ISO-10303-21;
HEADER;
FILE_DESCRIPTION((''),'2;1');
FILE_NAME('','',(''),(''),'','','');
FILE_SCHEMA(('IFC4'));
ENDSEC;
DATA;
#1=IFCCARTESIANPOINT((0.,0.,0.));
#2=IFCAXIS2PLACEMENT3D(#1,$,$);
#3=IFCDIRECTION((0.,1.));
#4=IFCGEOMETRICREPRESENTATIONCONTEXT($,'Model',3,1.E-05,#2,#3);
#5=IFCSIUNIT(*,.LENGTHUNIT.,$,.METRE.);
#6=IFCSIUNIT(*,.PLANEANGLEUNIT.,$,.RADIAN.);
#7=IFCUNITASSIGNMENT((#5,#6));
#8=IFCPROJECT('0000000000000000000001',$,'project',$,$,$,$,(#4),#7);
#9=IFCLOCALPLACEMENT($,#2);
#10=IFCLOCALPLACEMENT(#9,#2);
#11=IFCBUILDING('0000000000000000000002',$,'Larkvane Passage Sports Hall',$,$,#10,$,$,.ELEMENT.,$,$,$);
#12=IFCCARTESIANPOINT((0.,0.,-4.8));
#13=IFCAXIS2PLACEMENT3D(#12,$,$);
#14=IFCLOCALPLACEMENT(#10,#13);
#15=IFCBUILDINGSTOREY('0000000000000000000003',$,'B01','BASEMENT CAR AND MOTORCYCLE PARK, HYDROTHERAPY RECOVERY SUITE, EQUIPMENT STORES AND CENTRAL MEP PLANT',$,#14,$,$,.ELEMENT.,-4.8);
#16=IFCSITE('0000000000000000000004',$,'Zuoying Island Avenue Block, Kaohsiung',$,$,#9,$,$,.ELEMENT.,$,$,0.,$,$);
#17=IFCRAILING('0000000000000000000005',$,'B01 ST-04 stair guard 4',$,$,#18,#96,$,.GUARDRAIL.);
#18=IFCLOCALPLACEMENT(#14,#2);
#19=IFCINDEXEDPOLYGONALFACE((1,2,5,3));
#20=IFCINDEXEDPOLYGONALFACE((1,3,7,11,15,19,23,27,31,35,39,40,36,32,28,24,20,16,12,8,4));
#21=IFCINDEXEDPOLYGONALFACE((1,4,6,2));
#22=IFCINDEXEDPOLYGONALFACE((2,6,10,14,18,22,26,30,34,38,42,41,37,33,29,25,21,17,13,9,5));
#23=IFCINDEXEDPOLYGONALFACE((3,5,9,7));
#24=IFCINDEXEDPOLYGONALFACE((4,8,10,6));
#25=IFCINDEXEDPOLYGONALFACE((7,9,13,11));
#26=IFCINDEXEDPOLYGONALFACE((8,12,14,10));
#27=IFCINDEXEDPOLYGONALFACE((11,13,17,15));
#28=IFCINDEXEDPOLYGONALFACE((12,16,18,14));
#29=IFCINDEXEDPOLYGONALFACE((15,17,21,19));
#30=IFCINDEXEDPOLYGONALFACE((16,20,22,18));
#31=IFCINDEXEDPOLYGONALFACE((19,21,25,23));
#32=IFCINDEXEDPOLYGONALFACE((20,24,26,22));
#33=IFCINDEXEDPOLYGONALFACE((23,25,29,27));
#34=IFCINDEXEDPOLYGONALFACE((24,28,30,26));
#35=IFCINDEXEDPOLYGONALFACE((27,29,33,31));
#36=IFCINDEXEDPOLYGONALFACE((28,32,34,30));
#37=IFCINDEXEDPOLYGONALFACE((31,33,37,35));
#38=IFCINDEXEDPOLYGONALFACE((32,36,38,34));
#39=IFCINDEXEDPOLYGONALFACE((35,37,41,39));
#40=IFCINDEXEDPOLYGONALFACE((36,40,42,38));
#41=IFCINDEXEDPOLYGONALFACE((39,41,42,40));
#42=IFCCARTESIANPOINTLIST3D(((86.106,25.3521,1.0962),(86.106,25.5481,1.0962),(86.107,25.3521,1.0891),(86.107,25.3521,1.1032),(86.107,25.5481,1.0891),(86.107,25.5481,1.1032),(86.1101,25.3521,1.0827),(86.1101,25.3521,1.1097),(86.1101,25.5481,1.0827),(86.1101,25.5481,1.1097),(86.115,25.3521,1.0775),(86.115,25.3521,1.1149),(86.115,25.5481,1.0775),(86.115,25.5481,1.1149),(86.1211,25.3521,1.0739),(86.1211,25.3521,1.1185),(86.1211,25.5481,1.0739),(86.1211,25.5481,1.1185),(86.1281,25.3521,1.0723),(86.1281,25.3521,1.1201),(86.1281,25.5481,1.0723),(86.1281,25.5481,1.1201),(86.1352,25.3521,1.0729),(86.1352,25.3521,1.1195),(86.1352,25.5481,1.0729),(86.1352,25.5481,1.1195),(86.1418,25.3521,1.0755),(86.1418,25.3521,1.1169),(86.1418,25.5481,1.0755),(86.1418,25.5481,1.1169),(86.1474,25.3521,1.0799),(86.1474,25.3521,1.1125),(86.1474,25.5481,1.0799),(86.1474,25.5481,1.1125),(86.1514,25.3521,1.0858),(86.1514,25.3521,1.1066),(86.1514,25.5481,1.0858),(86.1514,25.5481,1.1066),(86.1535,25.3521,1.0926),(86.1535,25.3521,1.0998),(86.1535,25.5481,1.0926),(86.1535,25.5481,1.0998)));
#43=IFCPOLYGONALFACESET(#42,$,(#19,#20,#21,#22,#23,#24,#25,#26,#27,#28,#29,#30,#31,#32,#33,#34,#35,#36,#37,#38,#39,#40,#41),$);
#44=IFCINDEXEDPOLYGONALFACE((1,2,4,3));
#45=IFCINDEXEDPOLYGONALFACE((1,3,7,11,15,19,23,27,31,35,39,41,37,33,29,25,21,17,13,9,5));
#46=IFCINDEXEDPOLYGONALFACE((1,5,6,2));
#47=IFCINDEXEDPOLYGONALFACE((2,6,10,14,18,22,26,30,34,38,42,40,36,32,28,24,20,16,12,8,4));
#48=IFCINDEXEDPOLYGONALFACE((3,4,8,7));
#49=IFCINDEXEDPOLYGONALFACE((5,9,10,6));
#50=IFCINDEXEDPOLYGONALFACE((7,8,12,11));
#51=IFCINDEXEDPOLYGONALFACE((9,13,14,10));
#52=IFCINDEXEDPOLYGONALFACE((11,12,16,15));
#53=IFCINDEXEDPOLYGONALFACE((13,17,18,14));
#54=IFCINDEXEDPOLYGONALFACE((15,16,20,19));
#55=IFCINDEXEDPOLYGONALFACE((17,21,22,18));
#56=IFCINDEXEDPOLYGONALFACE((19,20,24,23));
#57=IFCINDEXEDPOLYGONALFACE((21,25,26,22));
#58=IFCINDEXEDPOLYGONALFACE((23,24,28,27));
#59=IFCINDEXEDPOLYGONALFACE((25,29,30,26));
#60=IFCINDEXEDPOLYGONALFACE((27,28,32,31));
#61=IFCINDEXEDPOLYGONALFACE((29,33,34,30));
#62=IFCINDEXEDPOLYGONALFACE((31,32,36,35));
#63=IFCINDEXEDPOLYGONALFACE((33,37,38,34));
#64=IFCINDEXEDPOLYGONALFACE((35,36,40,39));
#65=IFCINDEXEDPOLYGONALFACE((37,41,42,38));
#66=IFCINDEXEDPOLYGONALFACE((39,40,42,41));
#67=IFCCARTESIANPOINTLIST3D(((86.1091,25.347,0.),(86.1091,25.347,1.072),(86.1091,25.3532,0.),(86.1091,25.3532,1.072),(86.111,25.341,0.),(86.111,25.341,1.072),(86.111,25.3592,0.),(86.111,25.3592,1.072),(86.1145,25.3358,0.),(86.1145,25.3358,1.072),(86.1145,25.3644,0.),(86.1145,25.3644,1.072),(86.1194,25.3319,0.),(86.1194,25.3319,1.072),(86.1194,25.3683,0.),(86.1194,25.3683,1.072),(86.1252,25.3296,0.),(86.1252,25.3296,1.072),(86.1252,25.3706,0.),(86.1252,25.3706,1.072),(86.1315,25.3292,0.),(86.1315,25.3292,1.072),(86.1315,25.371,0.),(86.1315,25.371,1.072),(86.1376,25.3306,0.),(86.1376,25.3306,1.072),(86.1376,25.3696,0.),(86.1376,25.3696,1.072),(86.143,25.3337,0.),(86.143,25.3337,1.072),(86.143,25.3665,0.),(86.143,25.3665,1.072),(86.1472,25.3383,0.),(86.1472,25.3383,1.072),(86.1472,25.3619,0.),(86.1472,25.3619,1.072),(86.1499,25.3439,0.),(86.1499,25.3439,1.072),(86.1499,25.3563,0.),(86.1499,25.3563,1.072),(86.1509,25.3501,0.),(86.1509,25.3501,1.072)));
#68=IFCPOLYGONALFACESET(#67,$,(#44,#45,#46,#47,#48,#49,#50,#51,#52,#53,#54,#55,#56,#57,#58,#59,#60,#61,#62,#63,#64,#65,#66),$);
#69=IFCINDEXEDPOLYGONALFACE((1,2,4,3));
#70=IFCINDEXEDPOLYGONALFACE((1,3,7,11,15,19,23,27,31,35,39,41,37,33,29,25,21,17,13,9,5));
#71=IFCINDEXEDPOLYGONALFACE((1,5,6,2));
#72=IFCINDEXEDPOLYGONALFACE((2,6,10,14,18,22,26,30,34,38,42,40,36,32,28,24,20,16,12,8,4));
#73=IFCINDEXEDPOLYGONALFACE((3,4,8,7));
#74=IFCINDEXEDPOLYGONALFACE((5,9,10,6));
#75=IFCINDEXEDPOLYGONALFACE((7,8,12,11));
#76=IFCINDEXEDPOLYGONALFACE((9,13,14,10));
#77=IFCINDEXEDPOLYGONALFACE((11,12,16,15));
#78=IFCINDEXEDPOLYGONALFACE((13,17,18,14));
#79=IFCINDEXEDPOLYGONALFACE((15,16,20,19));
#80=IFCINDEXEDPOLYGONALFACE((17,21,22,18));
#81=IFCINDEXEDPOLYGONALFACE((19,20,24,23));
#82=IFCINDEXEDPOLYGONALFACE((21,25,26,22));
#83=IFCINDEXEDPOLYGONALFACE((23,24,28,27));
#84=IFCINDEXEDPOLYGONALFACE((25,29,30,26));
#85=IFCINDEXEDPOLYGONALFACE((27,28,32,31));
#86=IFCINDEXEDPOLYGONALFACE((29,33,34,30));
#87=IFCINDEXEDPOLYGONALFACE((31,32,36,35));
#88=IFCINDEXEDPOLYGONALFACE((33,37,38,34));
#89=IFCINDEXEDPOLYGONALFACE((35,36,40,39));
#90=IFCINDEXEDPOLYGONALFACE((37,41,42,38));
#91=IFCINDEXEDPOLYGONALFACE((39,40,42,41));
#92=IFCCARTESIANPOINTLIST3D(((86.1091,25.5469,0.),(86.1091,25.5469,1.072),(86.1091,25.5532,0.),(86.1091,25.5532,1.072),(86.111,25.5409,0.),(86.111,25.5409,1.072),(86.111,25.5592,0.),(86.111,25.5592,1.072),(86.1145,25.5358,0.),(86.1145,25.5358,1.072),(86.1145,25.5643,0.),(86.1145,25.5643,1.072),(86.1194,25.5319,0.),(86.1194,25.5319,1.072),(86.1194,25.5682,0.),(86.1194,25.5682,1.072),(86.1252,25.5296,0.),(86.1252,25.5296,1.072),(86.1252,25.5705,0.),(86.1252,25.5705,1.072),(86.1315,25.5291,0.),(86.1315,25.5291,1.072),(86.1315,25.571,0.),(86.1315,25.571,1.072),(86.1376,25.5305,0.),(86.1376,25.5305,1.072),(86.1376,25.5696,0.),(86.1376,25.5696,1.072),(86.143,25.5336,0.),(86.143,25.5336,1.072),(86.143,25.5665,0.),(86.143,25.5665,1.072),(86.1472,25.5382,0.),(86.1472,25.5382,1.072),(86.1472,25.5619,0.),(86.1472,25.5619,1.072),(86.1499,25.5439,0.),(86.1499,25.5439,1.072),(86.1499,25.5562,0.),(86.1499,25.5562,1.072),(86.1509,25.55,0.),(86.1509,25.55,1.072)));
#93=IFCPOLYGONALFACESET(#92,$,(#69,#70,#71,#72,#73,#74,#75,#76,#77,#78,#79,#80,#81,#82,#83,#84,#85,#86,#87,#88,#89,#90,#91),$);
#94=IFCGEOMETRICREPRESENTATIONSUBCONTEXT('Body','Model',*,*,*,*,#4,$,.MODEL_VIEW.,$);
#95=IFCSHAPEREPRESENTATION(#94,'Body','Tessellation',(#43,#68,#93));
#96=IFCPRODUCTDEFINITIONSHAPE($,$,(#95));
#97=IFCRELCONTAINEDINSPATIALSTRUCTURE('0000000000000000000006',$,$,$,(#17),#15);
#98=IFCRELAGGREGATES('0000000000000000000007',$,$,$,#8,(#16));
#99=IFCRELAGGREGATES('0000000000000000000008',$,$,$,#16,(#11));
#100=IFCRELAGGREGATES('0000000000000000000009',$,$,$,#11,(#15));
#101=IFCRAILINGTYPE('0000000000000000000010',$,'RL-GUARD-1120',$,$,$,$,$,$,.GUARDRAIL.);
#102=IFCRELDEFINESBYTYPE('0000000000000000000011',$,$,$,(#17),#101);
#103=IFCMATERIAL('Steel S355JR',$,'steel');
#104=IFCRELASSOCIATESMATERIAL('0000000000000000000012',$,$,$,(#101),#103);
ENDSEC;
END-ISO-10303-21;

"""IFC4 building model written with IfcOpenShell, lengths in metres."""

from ifc_helpers import new_model, si_unit, direction, frame, origin, origin_2d, place, context, subcontext, project, spatial, circle, extrude, material, type_object, element, save


model = new_model("IFC4")

# Units and contexts
model_context = context("Model", 3, precision=1e-05, world=origin(), true_north=direction((0.0, 1.0)))
body_context = subcontext(model_context, "Body", "Model", "MODEL_VIEW")
ifc_project = project(units=[si_unit("LENGTHUNIT", "METRE"), si_unit("PLANEANGLEUNIT", "RADIAN")], contexts=[model_context])

# Site, building, storey
site_placement = place(None, origin())
site = spatial("IfcSite", under=ifc_project, at=site_placement, Name="Zuoying Island Avenue Block, Kaohsiung", CompositionType="ELEMENT", RefElevation=0.0)
building_placement = place(site_placement, origin())
building = spatial("IfcBuilding", under=site, at=building_placement, Name="Larkvane Passage Sports Hall", CompositionType="ELEMENT")
storey_placement = place(building_placement, frame((0.0, 0.0, -4.8)))
storey = spatial("IfcBuildingStorey", under=building, at=storey_placement, Name="B01", Description="BASEMENT CAR AND MOTORCYCLE PARK, HYDROTHERAPY RECOVERY SUITE, EQUIPMENT STORES AND CENTRAL MEP PLANT", CompositionType="ELEMENT", Elevation=-4.8)

# Railing
ifc_material_1 = material(Name="Steel S355JR", Category="steel")
railing_type_1 = type_object("IfcRailingType", Name="RL-GUARD-1120", PredefinedType="GUARDRAIL", material=ifc_material_1)
railing_1_placement = place(storey_placement, frame((86.1299, 25.3501, 0.0)))
element("IfcRailing", 1, at=railing_1_placement, inside=storey, type_object=railing_type_1, Name="B01 ST-04 stair guard 4", PredefinedType="GUARDRAIL", context=body_context, shape_type="SweptSolid", body=[
    extrude(circle(Radius=0.0239, at=origin_2d()), frame((0.0, 0.002, 1.0962), z_axis=(0.0, 1.0, 0.0), x_axis=(-1.0, 0.0, 0.0)), (0.0, 0.0, 1.0), 0.196),
    extrude(circle(Radius=0.021, at=origin_2d()), origin(), (0.0, 0.0, 1.0), 1.072),
    extrude(circle(Radius=0.021, at=origin_2d()), frame((0.0, 0.2, 0.0)), (0.0, 0.0, 1.0), 1.072),
])

save(model, "model.ifc")
